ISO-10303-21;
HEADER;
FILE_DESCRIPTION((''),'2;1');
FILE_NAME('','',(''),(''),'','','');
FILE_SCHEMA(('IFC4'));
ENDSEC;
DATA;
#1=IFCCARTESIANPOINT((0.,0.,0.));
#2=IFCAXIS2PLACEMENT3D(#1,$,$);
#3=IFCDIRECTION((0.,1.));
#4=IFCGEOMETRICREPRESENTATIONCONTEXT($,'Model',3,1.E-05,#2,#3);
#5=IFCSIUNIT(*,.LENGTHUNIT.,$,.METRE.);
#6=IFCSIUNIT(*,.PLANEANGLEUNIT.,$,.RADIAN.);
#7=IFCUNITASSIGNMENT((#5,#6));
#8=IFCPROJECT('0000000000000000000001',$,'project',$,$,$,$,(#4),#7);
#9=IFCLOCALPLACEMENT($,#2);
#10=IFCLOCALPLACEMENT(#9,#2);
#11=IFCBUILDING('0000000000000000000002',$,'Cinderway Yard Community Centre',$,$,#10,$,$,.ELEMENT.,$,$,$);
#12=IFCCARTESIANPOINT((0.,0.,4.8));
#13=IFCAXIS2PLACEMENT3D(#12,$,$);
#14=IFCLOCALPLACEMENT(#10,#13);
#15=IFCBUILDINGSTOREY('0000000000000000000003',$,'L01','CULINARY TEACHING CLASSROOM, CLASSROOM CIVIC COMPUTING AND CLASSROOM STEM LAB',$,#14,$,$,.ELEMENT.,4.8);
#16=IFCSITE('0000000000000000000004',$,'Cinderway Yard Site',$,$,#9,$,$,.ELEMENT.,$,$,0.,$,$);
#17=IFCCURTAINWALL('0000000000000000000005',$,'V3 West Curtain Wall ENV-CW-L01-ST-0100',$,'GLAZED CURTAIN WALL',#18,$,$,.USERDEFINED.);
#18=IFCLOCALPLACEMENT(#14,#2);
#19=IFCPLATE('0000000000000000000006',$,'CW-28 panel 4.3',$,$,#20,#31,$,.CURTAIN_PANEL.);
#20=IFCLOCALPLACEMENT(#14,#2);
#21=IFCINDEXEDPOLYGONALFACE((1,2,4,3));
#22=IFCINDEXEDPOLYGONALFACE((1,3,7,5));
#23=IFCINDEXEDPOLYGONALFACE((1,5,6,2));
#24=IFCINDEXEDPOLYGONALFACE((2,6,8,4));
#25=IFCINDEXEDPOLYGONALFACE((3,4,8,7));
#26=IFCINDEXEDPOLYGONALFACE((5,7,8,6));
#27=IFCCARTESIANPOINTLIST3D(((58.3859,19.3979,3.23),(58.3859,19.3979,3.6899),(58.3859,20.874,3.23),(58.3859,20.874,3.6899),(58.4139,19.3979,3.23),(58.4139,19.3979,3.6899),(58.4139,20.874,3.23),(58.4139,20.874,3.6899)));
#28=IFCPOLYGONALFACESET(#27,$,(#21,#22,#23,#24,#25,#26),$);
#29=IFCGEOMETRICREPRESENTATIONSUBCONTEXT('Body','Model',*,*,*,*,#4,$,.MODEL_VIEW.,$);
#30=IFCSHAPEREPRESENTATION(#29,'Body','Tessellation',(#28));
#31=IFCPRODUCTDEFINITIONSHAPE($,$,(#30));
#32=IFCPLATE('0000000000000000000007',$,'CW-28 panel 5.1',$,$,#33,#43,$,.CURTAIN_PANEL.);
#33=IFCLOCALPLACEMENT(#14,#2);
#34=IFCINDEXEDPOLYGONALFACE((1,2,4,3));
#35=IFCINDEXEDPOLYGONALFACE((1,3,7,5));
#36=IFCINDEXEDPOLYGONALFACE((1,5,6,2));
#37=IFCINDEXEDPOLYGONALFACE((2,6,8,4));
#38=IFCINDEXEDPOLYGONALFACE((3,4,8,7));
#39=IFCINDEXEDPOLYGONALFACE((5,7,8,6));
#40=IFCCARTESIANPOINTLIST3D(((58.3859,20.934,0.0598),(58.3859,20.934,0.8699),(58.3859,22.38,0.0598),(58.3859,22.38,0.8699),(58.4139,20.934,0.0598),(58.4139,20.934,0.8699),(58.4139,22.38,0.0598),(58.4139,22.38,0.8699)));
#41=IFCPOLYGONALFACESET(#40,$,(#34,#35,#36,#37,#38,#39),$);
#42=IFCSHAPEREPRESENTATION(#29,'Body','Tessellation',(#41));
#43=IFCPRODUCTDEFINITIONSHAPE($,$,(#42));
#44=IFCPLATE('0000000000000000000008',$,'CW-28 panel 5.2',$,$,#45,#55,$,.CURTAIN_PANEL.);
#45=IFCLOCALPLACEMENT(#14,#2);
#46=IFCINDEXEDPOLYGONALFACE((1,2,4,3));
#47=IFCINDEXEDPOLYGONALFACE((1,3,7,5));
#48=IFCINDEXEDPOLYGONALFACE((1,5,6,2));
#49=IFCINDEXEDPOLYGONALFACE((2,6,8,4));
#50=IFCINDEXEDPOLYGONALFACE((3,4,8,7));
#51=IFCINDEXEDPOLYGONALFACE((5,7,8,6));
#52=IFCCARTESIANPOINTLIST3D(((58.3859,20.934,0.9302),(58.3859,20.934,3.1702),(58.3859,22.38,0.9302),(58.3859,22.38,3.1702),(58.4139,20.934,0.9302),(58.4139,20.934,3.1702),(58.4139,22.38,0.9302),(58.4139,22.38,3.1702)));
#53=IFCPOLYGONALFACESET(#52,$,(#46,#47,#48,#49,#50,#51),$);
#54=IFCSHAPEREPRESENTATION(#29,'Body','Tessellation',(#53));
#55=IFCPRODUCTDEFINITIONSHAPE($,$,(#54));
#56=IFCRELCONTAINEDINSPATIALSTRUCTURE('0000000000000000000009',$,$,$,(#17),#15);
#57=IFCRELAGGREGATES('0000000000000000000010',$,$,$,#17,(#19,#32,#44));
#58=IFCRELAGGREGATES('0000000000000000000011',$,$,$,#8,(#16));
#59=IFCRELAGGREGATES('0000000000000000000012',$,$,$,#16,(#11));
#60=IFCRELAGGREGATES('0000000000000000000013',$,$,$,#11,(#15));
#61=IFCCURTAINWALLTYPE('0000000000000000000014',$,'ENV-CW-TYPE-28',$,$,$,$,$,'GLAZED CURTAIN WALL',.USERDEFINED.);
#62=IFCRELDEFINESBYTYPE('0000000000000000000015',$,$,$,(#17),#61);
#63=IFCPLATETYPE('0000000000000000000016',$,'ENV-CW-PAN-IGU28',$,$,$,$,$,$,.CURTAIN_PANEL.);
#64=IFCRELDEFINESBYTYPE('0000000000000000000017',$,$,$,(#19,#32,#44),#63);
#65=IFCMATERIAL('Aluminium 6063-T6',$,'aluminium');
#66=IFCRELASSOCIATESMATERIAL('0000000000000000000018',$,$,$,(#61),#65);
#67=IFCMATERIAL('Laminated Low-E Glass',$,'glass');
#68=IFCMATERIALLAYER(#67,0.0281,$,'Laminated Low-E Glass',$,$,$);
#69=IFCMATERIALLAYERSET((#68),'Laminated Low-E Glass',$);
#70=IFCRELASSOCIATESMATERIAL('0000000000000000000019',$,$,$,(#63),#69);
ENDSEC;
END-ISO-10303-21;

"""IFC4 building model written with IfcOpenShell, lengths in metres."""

from ifc_helpers import new_model, si_unit, direction, frame, origin, origin_2d, place, context, subcontext, project, spatial, rectangle, extrude, material, layer, layer_set, type_object, element, aggregate, save


model = new_model("IFC4")

# Units and contexts
model_context = context("Model", 3, precision=1e-05, world=origin(), true_north=direction((0.0, 1.0)))
body_context = subcontext(model_context, "Body", "Model", "MODEL_VIEW")
ifc_project = project(units=[si_unit("LENGTHUNIT", "METRE"), si_unit("PLANEANGLEUNIT", "RADIAN")], contexts=[model_context])

# Site, building, storey
site_placement = place(None, origin())
site = spatial("IfcSite", under=ifc_project, at=site_placement, Name="Cinderway Yard Site", CompositionType="ELEMENT", RefElevation=0.0)
building_placement = place(site_placement, origin())
building = spatial("IfcBuilding", under=site, at=building_placement, Name="Cinderway Yard Community Centre", CompositionType="ELEMENT")
storey_placement = place(building_placement, frame((0.0, 0.0, 4.8)))
storey = spatial("IfcBuildingStorey", under=building, at=storey_placement, Name="L01", Description="CULINARY TEACHING CLASSROOM, CLASSROOM CIVIC COMPUTING AND CLASSROOM STEM LAB", CompositionType="ELEMENT", Elevation=4.8)

# Curtain wall
ifc_material_1 = material(Name="Aluminium 6063-T6", Category="aluminium")
curtain_wall_type = type_object("IfcCurtainWallType", Name="ENV-CW-TYPE-28", ElementType="GLAZED CURTAIN WALL", PredefinedType="USERDEFINED", material=ifc_material_1)
curtain_wall_placement = place(storey_placement, origin())
curtain_wall = element("IfcCurtainWall", 1, at=curtain_wall_placement, inside=storey, type_object=curtain_wall_type, Name="V3 West Curtain Wall ENV-CW-L01-ST-0100", ObjectType="GLAZED CURTAIN WALL", PredefinedType="USERDEFINED")

# Plates
ifc_material_2 = material(Name="Laminated Low-E Glass", Category="glass")
ifc_layer = layer(ifc_material_2, 0.0281, Name="Laminated Low-E Glass")
ifc_layer_set = layer_set([ifc_layer], Name="Laminated Low-E Glass")
plate_type = type_object("IfcPlateType", Name="ENV-CW-PAN-IGU28", PredefinedType="CURTAIN_PANEL", material=ifc_layer_set)
plate_1_placement = place(storey_placement, frame((58.3999, 20.136, 3.23), z_axis=(0.0, 0.0, 1.0), x_axis=(0.0, 1.0, 0.0)))
plate_1 = element("IfcPlate", 2, at=plate_1_placement, type_object=plate_type, Name="CW-28 panel 4.3", PredefinedType="CURTAIN_PANEL", context=body_context, shape_type="SweptSolid", body=[
    extrude(rectangle(XDim=1.4761, YDim=0.0281, at=origin_2d()), origin(), (0.0, 0.0, 1.0), 0.46),
])
plate_2_placement = place(storey_placement, frame((58.3999, 21.657, 0.0598), z_axis=(0.0, 0.0, 1.0), x_axis=(0.0, 1.0, 0.0)))
plate_2 = element("IfcPlate", 3, at=plate_2_placement, type_object=plate_type, Name="CW-28 panel 5.1", PredefinedType="CURTAIN_PANEL", context=body_context, shape_type="SweptSolid", body=[
    extrude(rectangle(XDim=1.446, YDim=0.0281, at=origin_2d()), origin(), (0.0, 0.0, 1.0), 0.8101),
])
plate_3_placement = place(storey_placement, frame((58.3999, 21.657, 0.9302), z_axis=(0.0, 0.0, 1.0), x_axis=(0.0, 1.0, 0.0)))
plate_3 = element("IfcPlate", 4, at=plate_3_placement, type_object=plate_type, Name="CW-28 panel 5.2", PredefinedType="CURTAIN_PANEL", context=body_context, shape_type="SweptSolid", body=[
    extrude(rectangle(XDim=1.446, YDim=0.0281, at=origin_2d()), origin(), (0.0, 0.0, 1.0), 2.24),
])
aggregate(curtain_wall, [plate_1, plate_2, plate_3])

save(model, "model.ifc")
